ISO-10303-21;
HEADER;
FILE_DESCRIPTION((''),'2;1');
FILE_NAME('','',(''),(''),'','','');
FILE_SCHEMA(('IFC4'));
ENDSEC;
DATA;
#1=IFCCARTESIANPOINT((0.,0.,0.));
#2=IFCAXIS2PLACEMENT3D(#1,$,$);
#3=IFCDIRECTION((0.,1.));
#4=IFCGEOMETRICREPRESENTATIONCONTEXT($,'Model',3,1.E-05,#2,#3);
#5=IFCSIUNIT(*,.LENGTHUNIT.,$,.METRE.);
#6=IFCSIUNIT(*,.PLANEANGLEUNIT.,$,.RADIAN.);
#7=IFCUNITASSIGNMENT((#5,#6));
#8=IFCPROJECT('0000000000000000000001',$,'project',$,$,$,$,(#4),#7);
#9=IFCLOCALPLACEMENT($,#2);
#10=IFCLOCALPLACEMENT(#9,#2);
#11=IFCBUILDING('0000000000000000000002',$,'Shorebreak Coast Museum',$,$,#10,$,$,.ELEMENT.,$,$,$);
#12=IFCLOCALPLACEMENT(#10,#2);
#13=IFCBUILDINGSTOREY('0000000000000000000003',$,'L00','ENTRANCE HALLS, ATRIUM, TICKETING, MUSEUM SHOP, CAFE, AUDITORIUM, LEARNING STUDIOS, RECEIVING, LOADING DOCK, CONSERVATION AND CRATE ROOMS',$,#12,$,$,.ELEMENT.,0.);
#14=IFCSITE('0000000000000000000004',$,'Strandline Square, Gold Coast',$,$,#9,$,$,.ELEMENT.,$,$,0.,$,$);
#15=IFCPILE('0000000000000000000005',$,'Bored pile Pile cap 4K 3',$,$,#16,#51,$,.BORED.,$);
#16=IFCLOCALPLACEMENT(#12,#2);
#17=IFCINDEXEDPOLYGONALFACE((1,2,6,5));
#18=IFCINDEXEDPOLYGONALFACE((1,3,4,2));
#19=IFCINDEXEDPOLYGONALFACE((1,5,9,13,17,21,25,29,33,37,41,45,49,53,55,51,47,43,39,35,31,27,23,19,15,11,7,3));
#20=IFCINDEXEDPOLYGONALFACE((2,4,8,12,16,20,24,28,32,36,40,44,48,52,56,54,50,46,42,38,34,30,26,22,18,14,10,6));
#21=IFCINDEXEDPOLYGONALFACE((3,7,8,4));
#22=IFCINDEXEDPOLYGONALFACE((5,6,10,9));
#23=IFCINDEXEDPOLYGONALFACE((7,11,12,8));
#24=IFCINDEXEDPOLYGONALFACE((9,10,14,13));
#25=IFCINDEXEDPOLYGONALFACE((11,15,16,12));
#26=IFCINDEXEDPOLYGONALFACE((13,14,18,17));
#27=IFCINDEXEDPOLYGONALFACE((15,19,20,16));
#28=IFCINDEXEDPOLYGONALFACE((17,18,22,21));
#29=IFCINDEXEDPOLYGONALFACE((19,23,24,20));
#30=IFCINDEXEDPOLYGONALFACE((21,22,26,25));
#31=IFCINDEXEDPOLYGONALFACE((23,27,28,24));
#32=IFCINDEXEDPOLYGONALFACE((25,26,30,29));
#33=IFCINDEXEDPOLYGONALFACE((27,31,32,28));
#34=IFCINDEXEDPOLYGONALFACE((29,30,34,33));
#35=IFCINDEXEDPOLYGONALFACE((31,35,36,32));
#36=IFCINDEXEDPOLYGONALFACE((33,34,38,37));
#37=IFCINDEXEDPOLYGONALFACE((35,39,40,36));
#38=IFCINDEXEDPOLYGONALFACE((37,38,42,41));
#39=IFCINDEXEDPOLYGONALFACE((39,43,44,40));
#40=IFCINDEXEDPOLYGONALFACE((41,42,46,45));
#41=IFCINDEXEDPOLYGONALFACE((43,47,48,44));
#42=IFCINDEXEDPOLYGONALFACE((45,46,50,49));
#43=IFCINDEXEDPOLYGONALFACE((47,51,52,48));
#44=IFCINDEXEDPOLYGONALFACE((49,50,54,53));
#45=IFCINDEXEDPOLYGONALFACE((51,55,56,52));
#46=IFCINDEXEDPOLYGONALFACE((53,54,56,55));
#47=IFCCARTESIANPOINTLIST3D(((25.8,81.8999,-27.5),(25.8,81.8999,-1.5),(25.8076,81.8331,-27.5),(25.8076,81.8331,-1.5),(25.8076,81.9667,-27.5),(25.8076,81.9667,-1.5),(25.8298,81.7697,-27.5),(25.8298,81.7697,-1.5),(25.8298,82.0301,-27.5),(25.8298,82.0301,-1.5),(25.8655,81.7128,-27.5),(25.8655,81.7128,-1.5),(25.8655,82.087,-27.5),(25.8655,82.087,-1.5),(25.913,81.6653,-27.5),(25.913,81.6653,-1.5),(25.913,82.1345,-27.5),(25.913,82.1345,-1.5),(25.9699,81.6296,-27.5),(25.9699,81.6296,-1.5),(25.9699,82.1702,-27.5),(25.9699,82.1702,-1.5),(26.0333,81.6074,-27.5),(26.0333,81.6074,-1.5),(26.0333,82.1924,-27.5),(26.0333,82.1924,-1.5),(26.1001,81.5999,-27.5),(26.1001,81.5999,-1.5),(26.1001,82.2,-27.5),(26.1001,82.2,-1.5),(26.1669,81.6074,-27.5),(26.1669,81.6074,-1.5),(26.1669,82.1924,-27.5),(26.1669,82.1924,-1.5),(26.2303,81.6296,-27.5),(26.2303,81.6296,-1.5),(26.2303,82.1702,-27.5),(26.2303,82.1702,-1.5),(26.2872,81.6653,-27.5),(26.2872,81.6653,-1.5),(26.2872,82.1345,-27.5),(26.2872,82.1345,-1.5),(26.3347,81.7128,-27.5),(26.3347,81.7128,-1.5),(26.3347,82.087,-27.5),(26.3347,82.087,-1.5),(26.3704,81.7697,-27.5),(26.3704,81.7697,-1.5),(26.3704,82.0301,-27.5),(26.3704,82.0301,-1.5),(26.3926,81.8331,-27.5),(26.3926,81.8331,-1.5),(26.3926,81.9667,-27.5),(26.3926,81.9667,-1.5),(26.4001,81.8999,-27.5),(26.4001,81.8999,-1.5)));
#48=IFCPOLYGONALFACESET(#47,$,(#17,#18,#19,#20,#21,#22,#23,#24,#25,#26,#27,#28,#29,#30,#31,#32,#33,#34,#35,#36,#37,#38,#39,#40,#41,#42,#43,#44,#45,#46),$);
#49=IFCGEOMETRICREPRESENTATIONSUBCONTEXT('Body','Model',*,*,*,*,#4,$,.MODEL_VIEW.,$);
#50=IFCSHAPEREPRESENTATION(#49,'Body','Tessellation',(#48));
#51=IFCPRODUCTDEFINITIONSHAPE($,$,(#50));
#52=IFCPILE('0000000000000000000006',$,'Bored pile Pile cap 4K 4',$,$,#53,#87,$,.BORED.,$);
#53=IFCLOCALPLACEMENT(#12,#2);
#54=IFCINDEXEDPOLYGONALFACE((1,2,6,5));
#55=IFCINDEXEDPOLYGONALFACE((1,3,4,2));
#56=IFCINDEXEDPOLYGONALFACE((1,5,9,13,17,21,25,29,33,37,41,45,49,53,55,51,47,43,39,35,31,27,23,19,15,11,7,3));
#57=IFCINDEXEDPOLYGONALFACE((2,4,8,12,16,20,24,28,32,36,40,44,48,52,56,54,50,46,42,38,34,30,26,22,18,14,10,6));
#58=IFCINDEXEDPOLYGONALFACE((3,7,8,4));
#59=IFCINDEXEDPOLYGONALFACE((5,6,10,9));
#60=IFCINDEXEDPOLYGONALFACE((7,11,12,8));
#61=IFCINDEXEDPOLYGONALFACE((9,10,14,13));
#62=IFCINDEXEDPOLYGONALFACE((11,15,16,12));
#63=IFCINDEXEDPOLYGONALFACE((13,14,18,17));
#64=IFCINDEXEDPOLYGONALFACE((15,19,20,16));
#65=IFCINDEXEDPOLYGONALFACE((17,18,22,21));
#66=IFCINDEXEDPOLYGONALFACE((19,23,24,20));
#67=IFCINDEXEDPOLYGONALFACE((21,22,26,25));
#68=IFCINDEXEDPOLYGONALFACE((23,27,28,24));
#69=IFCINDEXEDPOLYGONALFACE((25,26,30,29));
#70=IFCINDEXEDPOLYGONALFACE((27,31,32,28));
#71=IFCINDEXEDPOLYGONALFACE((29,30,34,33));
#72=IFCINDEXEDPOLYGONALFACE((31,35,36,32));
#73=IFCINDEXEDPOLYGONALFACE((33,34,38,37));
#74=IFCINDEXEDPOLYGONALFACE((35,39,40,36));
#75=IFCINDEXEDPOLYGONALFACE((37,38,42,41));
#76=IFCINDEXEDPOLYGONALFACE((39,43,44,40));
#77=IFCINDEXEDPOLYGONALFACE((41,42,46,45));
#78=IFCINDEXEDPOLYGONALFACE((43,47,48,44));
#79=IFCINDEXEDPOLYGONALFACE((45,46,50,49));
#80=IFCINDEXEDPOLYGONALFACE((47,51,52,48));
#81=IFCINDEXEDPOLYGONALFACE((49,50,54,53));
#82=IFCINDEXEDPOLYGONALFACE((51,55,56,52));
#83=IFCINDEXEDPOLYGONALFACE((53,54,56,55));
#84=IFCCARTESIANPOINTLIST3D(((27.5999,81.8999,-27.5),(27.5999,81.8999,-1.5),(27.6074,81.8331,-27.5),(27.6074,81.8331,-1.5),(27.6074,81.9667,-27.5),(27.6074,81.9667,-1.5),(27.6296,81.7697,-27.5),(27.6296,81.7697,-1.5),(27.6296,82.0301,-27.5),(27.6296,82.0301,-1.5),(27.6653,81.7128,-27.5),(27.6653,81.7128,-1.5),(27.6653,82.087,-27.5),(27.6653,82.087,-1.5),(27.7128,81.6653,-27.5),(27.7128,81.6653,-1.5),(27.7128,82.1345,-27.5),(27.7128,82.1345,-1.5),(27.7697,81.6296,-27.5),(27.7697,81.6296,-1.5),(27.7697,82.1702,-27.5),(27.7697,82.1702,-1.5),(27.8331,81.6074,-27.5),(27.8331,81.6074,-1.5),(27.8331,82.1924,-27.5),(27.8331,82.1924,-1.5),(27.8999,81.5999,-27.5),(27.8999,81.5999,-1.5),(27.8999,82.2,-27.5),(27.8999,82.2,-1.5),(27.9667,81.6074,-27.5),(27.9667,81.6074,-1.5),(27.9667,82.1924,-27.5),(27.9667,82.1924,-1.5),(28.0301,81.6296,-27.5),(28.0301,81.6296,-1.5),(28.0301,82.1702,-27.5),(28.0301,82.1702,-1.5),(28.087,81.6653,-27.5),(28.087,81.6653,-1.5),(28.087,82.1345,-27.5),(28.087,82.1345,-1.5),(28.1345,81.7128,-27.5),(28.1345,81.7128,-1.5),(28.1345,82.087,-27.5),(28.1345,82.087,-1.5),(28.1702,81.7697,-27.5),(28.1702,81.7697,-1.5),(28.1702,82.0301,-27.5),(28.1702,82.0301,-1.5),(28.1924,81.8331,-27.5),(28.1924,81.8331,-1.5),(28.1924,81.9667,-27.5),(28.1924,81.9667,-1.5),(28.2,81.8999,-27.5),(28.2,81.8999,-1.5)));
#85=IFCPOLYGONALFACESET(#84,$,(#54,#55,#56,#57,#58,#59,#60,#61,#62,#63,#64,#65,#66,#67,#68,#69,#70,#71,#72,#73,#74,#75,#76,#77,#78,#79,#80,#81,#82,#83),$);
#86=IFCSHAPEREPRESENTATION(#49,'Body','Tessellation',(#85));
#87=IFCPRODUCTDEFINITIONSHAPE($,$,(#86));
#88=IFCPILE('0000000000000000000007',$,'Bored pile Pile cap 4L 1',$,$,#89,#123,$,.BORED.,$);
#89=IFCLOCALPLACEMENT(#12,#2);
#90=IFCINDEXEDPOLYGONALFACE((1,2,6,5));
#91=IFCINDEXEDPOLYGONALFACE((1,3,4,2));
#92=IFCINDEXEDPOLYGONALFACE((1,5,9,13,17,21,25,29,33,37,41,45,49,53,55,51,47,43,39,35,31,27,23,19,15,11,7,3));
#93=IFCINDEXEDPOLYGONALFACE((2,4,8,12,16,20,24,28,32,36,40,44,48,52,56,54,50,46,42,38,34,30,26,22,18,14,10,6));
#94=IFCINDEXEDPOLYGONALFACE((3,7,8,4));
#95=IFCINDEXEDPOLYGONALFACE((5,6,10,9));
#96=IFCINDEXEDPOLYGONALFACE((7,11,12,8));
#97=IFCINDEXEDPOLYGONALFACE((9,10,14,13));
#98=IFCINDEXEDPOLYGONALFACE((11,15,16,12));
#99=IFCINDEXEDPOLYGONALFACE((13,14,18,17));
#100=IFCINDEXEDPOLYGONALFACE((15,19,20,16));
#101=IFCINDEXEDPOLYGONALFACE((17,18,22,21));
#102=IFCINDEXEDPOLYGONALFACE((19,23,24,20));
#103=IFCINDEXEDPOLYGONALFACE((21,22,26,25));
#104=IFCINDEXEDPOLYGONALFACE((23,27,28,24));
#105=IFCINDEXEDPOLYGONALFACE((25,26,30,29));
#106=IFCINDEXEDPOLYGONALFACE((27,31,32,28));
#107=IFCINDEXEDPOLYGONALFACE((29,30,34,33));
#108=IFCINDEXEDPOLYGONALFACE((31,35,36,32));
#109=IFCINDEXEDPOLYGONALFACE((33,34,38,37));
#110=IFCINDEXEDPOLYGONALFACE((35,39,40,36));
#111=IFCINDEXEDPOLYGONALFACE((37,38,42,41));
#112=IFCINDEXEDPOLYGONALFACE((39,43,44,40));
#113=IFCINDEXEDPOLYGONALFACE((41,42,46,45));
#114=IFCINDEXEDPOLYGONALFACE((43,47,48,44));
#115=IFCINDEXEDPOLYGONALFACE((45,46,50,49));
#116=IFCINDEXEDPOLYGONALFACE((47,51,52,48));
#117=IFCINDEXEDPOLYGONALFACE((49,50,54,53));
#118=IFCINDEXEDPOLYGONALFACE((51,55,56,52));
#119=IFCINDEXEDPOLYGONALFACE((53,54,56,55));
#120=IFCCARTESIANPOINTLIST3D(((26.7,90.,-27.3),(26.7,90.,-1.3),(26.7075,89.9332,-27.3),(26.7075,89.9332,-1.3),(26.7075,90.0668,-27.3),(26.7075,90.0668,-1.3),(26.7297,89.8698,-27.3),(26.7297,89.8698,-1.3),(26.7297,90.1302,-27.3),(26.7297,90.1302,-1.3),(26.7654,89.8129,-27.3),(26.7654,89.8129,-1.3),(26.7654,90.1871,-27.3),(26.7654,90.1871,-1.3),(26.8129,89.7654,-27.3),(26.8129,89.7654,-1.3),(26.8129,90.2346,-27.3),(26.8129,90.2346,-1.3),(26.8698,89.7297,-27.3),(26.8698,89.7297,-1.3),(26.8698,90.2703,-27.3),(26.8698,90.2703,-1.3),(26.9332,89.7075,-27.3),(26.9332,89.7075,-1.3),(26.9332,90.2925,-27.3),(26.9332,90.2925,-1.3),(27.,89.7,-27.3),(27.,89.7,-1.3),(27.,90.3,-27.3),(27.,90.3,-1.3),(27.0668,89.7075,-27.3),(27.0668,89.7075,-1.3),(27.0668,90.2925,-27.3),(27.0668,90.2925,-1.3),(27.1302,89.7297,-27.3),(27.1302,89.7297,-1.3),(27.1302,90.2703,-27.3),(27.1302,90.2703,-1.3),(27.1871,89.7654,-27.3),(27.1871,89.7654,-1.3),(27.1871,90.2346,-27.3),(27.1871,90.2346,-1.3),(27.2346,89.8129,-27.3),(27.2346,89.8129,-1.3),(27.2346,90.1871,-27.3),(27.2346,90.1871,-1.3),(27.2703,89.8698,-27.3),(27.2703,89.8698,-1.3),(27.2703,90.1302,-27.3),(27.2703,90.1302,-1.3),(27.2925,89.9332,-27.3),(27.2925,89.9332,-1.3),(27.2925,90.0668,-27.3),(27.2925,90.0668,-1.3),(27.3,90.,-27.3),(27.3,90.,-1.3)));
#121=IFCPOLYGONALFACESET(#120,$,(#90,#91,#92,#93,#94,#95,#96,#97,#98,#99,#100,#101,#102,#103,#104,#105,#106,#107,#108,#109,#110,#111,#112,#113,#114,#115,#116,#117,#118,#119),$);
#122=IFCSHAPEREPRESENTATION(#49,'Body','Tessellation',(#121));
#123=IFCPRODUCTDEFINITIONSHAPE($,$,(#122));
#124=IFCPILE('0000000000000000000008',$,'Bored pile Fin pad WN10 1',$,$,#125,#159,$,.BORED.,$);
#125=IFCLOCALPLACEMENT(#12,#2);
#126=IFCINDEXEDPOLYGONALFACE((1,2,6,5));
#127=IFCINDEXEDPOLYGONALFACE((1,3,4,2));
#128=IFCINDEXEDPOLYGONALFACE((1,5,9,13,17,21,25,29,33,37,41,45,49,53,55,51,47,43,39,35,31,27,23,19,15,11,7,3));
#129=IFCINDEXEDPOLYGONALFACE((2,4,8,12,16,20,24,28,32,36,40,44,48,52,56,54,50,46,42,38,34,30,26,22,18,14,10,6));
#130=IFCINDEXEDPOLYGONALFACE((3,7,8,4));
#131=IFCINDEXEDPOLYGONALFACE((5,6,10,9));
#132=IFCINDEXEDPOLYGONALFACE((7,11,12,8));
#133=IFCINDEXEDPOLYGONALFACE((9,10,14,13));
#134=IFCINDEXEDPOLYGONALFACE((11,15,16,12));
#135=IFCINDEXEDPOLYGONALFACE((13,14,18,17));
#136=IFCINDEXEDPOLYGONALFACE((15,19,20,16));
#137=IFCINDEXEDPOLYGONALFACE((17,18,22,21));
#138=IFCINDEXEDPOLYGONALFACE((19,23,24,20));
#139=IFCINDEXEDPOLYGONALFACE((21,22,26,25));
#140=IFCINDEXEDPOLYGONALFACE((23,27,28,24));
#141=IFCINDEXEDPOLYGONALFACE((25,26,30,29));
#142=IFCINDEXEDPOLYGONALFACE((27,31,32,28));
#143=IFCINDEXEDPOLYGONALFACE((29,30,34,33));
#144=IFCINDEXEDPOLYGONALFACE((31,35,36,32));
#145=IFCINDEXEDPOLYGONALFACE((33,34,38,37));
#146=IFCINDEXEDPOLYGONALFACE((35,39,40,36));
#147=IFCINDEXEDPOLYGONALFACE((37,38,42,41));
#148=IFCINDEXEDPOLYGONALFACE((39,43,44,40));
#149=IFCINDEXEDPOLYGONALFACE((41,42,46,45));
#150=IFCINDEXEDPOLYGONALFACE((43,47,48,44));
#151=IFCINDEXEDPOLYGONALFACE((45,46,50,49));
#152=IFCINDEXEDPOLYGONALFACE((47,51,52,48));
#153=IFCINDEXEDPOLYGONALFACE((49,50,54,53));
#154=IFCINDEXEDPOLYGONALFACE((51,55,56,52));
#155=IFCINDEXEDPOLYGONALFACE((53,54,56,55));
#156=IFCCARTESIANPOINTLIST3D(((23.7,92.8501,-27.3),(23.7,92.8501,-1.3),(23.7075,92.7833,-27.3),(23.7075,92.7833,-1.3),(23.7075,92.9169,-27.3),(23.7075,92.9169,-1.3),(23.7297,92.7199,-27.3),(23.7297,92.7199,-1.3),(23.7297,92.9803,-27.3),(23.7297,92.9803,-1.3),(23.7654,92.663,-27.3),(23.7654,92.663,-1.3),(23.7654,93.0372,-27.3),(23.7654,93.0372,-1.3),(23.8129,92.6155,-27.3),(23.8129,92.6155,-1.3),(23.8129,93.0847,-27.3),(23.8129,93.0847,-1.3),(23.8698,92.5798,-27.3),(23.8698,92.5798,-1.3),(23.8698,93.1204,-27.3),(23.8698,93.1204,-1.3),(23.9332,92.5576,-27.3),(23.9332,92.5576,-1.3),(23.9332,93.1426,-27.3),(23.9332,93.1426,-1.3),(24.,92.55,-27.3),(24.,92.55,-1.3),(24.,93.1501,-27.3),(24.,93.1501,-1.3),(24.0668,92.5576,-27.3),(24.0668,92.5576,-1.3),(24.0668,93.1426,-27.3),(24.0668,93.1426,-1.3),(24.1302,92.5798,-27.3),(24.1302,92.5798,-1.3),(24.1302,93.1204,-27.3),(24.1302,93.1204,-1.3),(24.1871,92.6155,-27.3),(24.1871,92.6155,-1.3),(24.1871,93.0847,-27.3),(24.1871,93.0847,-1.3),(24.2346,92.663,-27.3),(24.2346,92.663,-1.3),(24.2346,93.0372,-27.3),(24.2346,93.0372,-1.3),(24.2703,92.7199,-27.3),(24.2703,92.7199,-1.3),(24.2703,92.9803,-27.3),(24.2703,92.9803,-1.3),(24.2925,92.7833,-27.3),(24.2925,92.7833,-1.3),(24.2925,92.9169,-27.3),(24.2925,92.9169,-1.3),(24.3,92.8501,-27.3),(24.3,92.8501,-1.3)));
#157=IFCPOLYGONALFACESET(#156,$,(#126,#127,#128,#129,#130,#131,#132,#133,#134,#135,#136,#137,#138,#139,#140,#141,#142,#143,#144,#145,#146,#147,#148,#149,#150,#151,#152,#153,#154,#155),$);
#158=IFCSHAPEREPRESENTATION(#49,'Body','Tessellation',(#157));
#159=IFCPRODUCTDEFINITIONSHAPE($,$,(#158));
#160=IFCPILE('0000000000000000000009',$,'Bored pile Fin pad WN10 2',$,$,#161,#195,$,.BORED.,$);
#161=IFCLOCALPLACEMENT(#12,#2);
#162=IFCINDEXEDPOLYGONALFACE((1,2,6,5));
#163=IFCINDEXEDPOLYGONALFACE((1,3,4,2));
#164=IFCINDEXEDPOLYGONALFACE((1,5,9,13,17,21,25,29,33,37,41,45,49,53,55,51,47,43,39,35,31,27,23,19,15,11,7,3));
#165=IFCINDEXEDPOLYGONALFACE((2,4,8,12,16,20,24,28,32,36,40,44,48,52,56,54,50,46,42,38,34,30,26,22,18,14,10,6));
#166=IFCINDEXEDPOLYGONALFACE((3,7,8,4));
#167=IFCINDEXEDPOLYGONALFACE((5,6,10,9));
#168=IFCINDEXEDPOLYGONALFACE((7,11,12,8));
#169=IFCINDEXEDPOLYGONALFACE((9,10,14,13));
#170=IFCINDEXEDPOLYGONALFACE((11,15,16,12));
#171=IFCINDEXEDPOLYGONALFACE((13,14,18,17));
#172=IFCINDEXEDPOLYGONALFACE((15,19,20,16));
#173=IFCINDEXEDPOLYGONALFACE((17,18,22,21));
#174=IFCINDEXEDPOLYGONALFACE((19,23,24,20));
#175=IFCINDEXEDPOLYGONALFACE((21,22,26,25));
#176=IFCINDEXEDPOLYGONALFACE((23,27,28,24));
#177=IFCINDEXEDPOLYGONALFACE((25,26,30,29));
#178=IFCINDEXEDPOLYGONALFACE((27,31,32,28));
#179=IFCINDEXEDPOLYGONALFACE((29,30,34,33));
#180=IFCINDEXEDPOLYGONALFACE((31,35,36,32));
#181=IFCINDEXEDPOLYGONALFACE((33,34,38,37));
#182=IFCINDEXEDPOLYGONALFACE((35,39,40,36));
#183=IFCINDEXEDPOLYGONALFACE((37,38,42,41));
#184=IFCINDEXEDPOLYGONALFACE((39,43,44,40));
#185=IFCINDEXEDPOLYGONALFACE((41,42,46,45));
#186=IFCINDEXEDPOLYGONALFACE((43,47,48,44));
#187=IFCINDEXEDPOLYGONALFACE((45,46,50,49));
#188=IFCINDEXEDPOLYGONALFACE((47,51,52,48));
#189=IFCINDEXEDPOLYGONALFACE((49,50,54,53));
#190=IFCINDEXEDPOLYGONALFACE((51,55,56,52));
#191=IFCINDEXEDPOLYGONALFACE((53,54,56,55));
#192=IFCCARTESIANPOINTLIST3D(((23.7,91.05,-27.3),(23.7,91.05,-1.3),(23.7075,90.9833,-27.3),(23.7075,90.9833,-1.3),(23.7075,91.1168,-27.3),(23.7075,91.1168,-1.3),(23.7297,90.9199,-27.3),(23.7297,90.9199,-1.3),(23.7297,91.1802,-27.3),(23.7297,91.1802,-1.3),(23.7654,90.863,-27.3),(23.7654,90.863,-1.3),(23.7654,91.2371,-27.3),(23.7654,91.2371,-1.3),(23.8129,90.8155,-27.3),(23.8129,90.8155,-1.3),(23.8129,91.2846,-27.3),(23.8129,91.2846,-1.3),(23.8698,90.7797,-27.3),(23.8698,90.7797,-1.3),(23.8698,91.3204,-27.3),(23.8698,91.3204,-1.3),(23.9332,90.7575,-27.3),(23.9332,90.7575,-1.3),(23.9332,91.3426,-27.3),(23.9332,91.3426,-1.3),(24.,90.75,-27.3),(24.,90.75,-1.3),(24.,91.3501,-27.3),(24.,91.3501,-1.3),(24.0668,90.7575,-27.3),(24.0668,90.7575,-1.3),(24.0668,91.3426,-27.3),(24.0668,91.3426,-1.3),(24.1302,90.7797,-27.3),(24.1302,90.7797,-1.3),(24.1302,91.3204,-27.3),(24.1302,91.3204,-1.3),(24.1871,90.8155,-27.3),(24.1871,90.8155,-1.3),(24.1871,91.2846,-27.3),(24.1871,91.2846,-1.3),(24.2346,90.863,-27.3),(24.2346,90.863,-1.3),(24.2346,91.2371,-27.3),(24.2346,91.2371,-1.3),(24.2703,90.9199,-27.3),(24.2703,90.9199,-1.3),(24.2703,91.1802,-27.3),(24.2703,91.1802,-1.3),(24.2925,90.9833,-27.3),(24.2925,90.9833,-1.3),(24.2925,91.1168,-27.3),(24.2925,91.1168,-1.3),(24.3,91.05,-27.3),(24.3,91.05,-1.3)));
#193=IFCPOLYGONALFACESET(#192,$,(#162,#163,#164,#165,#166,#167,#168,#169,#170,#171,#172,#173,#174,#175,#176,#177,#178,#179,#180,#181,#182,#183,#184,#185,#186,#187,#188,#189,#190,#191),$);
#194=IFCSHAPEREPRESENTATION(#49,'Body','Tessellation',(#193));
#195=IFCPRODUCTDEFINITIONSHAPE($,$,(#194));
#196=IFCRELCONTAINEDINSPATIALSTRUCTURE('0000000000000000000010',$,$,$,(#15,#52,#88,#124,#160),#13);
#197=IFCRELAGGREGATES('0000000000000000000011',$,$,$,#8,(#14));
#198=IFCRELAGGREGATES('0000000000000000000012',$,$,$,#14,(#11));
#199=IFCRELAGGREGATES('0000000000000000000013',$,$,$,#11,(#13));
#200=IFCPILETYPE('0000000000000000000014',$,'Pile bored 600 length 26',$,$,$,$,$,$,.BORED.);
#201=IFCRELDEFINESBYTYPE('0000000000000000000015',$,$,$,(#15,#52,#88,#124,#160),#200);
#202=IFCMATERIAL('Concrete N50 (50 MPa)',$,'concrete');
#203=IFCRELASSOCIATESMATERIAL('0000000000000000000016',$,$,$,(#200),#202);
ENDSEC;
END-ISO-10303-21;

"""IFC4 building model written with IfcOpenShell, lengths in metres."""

from ifc_helpers import new_model, si_unit, direction, frame, origin, origin_2d, place, context, subcontext, project, spatial, circle, extrude, material, material_profile, profile_set, type_object, element, save


model = new_model("IFC4")

# Units and contexts
model_context = context("Model", 3, precision=1e-05, world=origin(), true_north=direction((0.0, 1.0)))
body_context = subcontext(model_context, "Body", "Model", "MODEL_VIEW")
ifc_project = project(units=[si_unit("LENGTHUNIT", "METRE"), si_unit("PLANEANGLEUNIT", "RADIAN")], contexts=[model_context])

# Site, building, storey
site_placement = place(None, origin())
site = spatial("IfcSite", under=ifc_project, at=site_placement, Name="Strandline Square, Gold Coast", CompositionType="ELEMENT", RefElevation=0.0)
building_placement = place(site_placement, origin())
building = spatial("IfcBuilding", under=site, at=building_placement, Name="Shorebreak Coast Museum", CompositionType="ELEMENT")
storey_placement = place(building_placement, origin())
storey = spatial("IfcBuildingStorey", under=building, at=storey_placement, Name="L00", Description="ENTRANCE HALLS, ATRIUM, TICKETING, MUSEUM SHOP, CAFE, AUDITORIUM, LEARNING STUDIOS, RECEIVING, LOADING DOCK, CONSERVATION AND CRATE ROOMS", CompositionType="ELEMENT", Elevation=0.0)

# Piles
ifc_material_1 = material(Name="Concrete N50 (50 MPa)", Category="concrete")
ifc_material_profile_1 = material_profile(ifc_material_1, circle(Radius=0.3, at=origin_2d()), Name="Pile bored 600 length 26")
ifc_profile_set_1 = profile_set([ifc_material_profile_1], Name="Concrete N50 (50 MPa)")
pile_type = type_object("IfcPileType", Name="Pile bored 600 length 26", PredefinedType="BORED", material=ifc_profile_set_1)
for number, where, z_axis, x_axis, name in (
    (1, (26.1001, 81.8999, -1.5), (0.0, 0.0, -1.0), (1.0, 0.0, 0.0), "Bored pile Pile cap 4K 3"),
    (2, (27.8999, 81.8999, -1.5), (0.0, 0.0, -1.0), (1.0, 0.0, 0.0), "Bored pile Pile cap 4K 4"),
    (3, (27.0, 90.0, -1.3), (0.0, 0.0, -1.0), (1.0, 0.0, 0.0), "Bored pile Pile cap 4L 1"),
    (4, (24.0, 92.8501, -1.3), (0.0, 0.0, -1.0), (1.0, 0.0, 0.0), "Bored pile Fin pad WN10 1"),
    (5, (24.0, 91.05, -1.3), (0.0, 0.0, -1.0), (1.0, 0.0, 0.0), "Bored pile Fin pad WN10 2"),
):
    element("IfcPile", number, at=place(storey_placement, frame(where, z_axis=z_axis, x_axis=x_axis)), inside=storey, type_object=pile_type, Name=name, PredefinedType="BORED", context=body_context, shape_type="SweptSolid", body=[
        extrude(circle(Radius=0.3, at=origin_2d()), origin(), (0.0, 0.0, 1.0), 26.0),
    ])

save(model, "model.ifc")
